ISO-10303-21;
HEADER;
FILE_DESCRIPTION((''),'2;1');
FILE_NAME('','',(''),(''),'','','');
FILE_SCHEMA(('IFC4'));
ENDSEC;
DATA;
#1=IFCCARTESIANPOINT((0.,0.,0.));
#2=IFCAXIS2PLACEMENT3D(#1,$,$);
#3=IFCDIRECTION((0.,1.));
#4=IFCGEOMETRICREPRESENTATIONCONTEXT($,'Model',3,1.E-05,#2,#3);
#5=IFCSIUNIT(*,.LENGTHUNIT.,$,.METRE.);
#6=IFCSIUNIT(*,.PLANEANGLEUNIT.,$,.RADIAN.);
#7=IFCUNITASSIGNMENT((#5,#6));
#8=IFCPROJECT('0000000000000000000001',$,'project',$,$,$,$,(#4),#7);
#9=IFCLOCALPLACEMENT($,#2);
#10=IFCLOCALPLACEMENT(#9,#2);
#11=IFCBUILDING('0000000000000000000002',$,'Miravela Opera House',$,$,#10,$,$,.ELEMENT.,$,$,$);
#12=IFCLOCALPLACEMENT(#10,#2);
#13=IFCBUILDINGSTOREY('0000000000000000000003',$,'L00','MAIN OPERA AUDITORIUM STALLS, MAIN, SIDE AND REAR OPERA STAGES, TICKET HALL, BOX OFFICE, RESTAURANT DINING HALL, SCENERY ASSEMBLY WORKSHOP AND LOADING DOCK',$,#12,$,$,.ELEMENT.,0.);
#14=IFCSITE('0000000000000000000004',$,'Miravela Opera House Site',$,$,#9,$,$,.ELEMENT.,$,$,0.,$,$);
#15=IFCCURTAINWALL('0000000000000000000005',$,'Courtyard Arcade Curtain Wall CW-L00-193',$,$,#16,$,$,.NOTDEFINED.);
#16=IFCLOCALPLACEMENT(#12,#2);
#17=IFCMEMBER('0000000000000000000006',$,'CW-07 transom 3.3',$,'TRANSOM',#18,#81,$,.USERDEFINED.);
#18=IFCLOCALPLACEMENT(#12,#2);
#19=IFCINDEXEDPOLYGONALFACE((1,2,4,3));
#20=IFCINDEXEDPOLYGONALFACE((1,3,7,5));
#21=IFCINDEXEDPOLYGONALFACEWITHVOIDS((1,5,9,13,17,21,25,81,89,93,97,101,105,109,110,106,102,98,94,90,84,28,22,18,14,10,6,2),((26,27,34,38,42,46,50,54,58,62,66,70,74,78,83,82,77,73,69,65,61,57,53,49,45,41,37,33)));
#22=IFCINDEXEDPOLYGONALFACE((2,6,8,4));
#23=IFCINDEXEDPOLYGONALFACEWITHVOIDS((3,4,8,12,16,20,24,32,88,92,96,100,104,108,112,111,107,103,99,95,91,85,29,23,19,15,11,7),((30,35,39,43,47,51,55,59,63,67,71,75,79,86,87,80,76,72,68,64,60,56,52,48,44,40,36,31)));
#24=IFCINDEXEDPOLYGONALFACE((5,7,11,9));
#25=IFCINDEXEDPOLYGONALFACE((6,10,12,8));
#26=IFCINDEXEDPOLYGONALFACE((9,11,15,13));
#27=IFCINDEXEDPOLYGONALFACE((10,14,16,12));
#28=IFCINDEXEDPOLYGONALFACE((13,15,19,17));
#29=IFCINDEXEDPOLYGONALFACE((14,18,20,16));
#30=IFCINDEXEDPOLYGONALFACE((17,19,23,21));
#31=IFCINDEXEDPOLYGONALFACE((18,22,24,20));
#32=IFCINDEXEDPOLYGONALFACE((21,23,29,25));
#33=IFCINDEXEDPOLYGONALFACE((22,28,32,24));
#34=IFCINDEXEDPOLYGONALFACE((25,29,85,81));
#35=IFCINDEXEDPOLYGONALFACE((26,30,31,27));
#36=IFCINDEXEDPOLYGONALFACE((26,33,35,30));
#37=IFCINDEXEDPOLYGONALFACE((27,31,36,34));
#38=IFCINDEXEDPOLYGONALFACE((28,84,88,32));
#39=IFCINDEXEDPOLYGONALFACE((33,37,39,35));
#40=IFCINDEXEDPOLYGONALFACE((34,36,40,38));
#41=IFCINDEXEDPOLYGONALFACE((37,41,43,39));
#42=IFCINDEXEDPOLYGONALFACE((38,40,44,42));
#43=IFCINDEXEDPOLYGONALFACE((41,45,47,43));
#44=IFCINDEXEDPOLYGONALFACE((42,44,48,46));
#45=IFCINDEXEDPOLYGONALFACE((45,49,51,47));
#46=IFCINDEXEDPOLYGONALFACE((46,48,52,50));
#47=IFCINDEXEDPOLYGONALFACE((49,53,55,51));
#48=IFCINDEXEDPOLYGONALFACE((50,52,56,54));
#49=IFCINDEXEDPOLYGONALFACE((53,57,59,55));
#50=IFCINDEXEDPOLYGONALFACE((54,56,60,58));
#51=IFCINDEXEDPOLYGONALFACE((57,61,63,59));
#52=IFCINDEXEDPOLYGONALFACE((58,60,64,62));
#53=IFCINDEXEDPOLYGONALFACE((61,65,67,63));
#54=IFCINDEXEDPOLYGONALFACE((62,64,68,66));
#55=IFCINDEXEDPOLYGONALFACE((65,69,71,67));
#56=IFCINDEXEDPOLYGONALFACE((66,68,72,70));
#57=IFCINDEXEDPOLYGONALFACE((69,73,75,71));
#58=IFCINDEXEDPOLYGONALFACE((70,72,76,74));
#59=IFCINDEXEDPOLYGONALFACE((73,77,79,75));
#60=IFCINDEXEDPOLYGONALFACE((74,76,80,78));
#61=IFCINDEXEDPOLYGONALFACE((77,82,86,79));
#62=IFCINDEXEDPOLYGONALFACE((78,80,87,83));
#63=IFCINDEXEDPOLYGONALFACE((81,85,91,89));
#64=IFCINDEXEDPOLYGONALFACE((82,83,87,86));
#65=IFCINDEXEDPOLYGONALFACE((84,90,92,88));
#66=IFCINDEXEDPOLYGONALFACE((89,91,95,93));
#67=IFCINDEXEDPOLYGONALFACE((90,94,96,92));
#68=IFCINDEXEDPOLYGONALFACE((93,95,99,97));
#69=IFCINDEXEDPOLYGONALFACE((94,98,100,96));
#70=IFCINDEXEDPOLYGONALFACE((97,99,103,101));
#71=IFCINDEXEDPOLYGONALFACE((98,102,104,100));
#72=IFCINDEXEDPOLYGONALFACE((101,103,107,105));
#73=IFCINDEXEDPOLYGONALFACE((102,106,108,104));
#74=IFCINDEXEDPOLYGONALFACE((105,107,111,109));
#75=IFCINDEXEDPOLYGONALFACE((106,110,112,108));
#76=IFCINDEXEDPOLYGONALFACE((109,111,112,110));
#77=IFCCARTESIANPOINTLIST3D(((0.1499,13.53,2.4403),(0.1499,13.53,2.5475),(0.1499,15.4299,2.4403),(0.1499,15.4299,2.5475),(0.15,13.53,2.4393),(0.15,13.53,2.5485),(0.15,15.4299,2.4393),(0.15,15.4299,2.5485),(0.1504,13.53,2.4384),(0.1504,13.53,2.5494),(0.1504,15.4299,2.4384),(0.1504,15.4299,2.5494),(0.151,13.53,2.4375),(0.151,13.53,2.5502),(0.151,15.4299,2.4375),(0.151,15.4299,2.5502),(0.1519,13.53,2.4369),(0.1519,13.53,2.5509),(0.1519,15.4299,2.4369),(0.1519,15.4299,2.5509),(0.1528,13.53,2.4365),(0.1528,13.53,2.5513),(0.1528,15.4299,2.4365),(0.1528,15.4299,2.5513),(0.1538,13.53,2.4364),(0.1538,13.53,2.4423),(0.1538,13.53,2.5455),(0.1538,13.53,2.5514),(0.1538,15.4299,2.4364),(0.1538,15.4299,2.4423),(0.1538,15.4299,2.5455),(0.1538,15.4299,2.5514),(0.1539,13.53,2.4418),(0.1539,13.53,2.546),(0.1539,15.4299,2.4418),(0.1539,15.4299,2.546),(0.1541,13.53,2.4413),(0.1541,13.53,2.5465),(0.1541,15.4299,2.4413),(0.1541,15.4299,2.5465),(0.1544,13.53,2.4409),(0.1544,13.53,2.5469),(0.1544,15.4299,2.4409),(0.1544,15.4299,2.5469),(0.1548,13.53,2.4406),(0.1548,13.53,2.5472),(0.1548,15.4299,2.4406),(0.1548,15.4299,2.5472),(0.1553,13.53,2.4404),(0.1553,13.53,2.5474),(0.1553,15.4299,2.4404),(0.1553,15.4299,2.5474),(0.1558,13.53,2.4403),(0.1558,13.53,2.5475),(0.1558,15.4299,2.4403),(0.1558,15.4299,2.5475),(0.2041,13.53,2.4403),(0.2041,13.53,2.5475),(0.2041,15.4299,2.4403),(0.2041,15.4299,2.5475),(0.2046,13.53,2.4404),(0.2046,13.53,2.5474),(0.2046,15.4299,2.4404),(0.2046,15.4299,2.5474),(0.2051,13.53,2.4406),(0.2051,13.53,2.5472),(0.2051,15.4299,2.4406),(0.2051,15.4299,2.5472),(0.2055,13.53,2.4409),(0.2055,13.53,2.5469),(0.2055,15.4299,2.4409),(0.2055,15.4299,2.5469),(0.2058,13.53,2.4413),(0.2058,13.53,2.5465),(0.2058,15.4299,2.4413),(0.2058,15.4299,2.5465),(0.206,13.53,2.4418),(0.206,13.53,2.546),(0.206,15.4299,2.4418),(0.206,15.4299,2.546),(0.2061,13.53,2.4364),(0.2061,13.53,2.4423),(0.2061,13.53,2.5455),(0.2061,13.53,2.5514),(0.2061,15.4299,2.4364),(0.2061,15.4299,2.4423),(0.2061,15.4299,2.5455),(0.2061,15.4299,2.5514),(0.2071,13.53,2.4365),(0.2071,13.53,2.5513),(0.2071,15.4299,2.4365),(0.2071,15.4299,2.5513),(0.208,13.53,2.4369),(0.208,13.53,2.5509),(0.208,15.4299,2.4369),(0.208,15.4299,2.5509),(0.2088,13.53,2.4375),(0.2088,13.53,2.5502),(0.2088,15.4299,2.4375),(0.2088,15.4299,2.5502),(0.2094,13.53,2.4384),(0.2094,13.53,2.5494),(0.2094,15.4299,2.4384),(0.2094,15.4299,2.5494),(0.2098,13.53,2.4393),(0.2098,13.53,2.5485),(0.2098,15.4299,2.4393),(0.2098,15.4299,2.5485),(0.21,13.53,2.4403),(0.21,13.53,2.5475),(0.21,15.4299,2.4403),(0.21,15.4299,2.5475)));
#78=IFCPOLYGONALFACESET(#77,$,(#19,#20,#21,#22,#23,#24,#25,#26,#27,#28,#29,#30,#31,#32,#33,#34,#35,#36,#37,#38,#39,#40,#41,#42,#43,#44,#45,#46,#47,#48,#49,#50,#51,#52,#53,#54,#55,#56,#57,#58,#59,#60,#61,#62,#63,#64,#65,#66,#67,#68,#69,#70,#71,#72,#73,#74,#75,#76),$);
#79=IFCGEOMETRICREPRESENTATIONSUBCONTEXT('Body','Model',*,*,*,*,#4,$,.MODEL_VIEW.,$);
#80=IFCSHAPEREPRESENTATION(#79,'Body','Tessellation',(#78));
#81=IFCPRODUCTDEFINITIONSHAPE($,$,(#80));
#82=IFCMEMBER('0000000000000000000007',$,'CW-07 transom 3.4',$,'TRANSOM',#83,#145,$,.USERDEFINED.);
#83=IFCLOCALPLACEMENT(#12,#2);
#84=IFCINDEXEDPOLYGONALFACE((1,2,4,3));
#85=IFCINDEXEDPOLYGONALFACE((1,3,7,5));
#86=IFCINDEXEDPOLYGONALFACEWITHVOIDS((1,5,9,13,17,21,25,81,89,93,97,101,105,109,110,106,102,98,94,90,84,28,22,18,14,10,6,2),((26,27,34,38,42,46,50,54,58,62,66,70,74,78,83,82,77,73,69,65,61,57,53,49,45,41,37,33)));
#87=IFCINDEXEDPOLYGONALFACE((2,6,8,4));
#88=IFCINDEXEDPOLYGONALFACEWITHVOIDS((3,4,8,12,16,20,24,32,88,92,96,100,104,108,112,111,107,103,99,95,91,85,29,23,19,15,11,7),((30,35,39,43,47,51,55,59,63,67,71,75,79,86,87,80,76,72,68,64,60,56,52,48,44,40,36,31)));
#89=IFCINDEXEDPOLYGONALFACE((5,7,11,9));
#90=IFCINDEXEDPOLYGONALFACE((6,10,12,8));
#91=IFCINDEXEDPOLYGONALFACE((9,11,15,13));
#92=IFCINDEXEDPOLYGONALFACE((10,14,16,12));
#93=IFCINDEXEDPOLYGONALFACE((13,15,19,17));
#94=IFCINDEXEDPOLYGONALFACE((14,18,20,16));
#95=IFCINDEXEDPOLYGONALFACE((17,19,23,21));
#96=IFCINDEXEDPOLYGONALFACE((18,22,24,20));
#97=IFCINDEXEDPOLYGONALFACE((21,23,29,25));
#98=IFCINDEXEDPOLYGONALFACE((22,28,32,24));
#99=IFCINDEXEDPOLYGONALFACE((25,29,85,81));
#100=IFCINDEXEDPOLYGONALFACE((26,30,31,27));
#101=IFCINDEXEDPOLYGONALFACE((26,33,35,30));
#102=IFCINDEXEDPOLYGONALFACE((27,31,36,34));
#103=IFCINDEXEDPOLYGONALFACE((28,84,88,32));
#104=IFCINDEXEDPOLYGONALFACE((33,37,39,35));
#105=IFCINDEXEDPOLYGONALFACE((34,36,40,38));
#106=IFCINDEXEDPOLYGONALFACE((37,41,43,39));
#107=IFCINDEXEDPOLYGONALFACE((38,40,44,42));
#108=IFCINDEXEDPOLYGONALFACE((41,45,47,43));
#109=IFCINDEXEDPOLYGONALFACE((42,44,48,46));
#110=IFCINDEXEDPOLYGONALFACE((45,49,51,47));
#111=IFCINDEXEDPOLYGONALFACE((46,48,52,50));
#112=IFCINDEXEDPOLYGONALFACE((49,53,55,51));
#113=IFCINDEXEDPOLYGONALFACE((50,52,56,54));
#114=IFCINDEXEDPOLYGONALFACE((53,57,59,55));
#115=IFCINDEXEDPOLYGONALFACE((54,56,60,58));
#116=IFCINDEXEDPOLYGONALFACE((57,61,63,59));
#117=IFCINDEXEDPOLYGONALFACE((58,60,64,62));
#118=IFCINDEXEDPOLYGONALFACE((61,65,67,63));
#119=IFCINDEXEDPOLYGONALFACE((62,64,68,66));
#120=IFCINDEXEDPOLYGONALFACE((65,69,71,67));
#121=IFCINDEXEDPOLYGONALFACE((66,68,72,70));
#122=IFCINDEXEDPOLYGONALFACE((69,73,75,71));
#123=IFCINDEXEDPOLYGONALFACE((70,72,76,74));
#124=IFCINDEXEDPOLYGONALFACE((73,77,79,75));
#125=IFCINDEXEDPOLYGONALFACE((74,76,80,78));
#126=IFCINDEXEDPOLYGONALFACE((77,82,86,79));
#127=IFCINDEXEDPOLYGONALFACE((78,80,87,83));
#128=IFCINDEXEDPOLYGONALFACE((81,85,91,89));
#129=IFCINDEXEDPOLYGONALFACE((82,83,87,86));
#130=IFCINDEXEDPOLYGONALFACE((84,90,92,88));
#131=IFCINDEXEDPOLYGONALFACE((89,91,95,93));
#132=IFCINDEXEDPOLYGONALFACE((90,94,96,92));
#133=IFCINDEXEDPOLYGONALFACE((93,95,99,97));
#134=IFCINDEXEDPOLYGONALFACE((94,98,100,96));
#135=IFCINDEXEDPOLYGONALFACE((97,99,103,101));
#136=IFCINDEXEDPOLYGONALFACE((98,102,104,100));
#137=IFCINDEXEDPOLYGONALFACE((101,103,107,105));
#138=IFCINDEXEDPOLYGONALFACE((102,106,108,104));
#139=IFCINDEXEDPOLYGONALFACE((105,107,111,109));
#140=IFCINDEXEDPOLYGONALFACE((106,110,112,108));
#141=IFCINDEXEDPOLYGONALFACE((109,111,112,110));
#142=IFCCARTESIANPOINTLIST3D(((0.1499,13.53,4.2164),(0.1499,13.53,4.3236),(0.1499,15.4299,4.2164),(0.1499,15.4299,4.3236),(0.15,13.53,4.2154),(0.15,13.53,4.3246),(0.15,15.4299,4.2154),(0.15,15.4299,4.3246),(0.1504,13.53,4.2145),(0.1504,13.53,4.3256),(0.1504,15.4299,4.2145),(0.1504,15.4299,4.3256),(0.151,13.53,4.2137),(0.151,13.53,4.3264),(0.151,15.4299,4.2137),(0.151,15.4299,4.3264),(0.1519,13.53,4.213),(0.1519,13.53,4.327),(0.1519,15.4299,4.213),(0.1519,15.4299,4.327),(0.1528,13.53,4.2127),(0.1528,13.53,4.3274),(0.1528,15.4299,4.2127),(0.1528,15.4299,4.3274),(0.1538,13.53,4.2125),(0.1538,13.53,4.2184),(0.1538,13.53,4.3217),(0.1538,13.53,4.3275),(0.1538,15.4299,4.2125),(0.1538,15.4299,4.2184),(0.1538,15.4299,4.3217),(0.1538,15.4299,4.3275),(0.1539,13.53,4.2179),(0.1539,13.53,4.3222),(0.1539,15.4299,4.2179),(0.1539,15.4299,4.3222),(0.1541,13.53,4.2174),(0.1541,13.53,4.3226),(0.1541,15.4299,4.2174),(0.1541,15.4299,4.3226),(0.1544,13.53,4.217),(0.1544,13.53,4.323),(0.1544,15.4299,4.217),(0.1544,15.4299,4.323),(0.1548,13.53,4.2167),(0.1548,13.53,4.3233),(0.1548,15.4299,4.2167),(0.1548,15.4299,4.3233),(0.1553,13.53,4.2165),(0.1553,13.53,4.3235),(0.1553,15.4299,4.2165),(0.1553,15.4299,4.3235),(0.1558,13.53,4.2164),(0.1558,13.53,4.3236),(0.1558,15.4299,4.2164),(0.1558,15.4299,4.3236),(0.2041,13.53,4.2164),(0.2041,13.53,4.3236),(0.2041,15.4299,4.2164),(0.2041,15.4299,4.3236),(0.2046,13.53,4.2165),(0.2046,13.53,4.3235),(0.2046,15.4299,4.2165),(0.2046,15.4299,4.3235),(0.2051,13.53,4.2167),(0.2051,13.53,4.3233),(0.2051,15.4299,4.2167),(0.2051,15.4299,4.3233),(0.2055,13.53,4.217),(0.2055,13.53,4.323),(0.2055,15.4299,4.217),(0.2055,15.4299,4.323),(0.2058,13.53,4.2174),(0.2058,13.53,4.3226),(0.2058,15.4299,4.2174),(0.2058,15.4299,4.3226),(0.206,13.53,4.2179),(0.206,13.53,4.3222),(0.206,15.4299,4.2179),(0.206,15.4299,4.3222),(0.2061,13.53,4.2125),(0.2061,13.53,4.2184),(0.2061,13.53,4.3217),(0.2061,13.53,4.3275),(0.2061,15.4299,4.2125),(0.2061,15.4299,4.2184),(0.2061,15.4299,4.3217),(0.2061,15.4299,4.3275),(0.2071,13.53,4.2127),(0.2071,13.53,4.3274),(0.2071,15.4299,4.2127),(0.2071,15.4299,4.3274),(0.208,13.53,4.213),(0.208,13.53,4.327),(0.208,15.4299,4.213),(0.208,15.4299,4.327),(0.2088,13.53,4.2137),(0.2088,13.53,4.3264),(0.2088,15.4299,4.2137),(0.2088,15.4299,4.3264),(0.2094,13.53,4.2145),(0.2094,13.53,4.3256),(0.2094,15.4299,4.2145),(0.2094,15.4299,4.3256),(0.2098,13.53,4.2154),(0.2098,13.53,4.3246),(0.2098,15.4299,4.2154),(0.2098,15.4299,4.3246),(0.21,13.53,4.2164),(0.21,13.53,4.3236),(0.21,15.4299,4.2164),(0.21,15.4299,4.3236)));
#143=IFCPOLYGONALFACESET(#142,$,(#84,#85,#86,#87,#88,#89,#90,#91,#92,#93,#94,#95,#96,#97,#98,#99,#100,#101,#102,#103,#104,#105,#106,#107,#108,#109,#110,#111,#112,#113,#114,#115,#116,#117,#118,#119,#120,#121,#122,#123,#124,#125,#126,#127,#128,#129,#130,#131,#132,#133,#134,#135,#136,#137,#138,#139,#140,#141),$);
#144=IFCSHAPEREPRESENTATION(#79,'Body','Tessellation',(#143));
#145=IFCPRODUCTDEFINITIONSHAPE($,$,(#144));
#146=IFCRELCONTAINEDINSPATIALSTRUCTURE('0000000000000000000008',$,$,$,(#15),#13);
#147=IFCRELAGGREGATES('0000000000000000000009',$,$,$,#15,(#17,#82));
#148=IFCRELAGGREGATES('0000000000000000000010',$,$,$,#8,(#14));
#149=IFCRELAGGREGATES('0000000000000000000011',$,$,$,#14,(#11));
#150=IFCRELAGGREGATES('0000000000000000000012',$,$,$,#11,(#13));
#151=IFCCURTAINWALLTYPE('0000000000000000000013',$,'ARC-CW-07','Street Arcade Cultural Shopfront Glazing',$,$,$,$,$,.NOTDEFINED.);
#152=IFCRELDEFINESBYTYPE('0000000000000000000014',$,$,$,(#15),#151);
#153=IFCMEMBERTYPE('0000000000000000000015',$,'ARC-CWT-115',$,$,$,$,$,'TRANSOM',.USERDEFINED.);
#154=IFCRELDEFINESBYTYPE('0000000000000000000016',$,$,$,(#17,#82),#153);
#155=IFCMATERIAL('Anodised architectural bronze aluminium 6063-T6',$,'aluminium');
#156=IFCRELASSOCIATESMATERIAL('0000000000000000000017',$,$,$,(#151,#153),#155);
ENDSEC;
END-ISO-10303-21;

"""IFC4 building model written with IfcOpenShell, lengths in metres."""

from ifc_helpers import new_model, si_unit, direction, frame, origin, origin_2d, place, context, subcontext, project, spatial, hollow_rectangle, extrude, material, material_profile, profile_set, type_object, element, aggregate, save


model = new_model("IFC4")

# Units and contexts
model_context = context("Model", 3, precision=1e-05, world=origin(), true_north=direction((0.0, 1.0)))
body_context = subcontext(model_context, "Body", "Model", "MODEL_VIEW")
ifc_project = project(units=[si_unit("LENGTHUNIT", "METRE"), si_unit("PLANEANGLEUNIT", "RADIAN")], contexts=[model_context])

# Site, building, storey
site_placement = place(None, origin())
site = spatial("IfcSite", under=ifc_project, at=site_placement, Name="Miravela Opera House Site", CompositionType="ELEMENT", RefElevation=0.0)
building_placement = place(site_placement, origin())
building = spatial("IfcBuilding", under=site, at=building_placement, Name="Miravela Opera House", CompositionType="ELEMENT")
storey_placement = place(building_placement, origin())
storey = spatial("IfcBuildingStorey", under=building, at=storey_placement, Name="L00", Description="MAIN OPERA AUDITORIUM STALLS, MAIN, SIDE AND REAR OPERA STAGES, TICKET HALL, BOX OFFICE, RESTAURANT DINING HALL, SCENERY ASSEMBLY WORKSHOP AND LOADING DOCK", CompositionType="ELEMENT", Elevation=0.0)

# Curtain wall, members
ifc_material_1 = material(Name="Anodised architectural bronze aluminium 6063-T6", Category="aluminium")
curtain_wall_type = type_object("IfcCurtainWallType", Name="ARC-CW-07", Description="Street Arcade Cultural Shopfront Glazing", PredefinedType="NOTDEFINED", material=ifc_material_1)
curtain_wall_placement = place(storey_placement, origin())
curtain_wall = element("IfcCurtainWall", 1, at=curtain_wall_placement, inside=storey, type_object=curtain_wall_type, Name="Courtyard Arcade Curtain Wall CW-L00-193", PredefinedType="NOTDEFINED")
ifc_material_profile_1 = material_profile(ifc_material_1, hollow_rectangle(XDim=0.0601, YDim=0.115, WallThickness=0.0039, InnerFilletRadius=0.002, OuterFilletRadius=0.0039, at=origin_2d()), Name="CWT-60X115")
ifc_profile_set_1 = profile_set([ifc_material_profile_1])
member_type_1 = type_object("IfcMemberType", Name="ARC-CWT-115", ElementType="TRANSOM", PredefinedType="USERDEFINED", material=ifc_profile_set_1)
member_1_placement = place(storey_placement, frame((0.1799, 13.53, 2.4939), z_axis=(0.0, 1.0, 0.0), x_axis=(-1.0, 0.0, 0.0)))
member_1 = element("IfcMember", 2, at=member_1_placement, type_object=member_type_1, Name="CW-07 transom 3.3", ObjectType="TRANSOM", PredefinedType="USERDEFINED", context=body_context, shape_type="SweptSolid", body=[
    extrude(hollow_rectangle(XDim=0.0601, YDim=0.115, WallThickness=0.0039, InnerFilletRadius=0.002, OuterFilletRadius=0.0039, at=origin_2d()), origin(), (0.0, 0.0, 1.0), 1.8999),
])
member_2_placement = place(storey_placement, frame((0.1799, 13.53, 4.27), z_axis=(0.0, 1.0, 0.0), x_axis=(-1.0, 0.0, 0.0)))
member_2 = element("IfcMember", 3, at=member_2_placement, type_object=member_type_1, Name="CW-07 transom 3.4", ObjectType="TRANSOM", PredefinedType="USERDEFINED", context=body_context, shape_type="SweptSolid", body=[
    extrude(hollow_rectangle(XDim=0.0601, YDim=0.115, WallThickness=0.0039, InnerFilletRadius=0.002, OuterFilletRadius=0.0039, at=origin_2d()), origin(), (0.0, 0.0, 1.0), 1.8999),
])

aggregate(curtain_wall, [member_1, member_2])

save(model, "model.ifc")
